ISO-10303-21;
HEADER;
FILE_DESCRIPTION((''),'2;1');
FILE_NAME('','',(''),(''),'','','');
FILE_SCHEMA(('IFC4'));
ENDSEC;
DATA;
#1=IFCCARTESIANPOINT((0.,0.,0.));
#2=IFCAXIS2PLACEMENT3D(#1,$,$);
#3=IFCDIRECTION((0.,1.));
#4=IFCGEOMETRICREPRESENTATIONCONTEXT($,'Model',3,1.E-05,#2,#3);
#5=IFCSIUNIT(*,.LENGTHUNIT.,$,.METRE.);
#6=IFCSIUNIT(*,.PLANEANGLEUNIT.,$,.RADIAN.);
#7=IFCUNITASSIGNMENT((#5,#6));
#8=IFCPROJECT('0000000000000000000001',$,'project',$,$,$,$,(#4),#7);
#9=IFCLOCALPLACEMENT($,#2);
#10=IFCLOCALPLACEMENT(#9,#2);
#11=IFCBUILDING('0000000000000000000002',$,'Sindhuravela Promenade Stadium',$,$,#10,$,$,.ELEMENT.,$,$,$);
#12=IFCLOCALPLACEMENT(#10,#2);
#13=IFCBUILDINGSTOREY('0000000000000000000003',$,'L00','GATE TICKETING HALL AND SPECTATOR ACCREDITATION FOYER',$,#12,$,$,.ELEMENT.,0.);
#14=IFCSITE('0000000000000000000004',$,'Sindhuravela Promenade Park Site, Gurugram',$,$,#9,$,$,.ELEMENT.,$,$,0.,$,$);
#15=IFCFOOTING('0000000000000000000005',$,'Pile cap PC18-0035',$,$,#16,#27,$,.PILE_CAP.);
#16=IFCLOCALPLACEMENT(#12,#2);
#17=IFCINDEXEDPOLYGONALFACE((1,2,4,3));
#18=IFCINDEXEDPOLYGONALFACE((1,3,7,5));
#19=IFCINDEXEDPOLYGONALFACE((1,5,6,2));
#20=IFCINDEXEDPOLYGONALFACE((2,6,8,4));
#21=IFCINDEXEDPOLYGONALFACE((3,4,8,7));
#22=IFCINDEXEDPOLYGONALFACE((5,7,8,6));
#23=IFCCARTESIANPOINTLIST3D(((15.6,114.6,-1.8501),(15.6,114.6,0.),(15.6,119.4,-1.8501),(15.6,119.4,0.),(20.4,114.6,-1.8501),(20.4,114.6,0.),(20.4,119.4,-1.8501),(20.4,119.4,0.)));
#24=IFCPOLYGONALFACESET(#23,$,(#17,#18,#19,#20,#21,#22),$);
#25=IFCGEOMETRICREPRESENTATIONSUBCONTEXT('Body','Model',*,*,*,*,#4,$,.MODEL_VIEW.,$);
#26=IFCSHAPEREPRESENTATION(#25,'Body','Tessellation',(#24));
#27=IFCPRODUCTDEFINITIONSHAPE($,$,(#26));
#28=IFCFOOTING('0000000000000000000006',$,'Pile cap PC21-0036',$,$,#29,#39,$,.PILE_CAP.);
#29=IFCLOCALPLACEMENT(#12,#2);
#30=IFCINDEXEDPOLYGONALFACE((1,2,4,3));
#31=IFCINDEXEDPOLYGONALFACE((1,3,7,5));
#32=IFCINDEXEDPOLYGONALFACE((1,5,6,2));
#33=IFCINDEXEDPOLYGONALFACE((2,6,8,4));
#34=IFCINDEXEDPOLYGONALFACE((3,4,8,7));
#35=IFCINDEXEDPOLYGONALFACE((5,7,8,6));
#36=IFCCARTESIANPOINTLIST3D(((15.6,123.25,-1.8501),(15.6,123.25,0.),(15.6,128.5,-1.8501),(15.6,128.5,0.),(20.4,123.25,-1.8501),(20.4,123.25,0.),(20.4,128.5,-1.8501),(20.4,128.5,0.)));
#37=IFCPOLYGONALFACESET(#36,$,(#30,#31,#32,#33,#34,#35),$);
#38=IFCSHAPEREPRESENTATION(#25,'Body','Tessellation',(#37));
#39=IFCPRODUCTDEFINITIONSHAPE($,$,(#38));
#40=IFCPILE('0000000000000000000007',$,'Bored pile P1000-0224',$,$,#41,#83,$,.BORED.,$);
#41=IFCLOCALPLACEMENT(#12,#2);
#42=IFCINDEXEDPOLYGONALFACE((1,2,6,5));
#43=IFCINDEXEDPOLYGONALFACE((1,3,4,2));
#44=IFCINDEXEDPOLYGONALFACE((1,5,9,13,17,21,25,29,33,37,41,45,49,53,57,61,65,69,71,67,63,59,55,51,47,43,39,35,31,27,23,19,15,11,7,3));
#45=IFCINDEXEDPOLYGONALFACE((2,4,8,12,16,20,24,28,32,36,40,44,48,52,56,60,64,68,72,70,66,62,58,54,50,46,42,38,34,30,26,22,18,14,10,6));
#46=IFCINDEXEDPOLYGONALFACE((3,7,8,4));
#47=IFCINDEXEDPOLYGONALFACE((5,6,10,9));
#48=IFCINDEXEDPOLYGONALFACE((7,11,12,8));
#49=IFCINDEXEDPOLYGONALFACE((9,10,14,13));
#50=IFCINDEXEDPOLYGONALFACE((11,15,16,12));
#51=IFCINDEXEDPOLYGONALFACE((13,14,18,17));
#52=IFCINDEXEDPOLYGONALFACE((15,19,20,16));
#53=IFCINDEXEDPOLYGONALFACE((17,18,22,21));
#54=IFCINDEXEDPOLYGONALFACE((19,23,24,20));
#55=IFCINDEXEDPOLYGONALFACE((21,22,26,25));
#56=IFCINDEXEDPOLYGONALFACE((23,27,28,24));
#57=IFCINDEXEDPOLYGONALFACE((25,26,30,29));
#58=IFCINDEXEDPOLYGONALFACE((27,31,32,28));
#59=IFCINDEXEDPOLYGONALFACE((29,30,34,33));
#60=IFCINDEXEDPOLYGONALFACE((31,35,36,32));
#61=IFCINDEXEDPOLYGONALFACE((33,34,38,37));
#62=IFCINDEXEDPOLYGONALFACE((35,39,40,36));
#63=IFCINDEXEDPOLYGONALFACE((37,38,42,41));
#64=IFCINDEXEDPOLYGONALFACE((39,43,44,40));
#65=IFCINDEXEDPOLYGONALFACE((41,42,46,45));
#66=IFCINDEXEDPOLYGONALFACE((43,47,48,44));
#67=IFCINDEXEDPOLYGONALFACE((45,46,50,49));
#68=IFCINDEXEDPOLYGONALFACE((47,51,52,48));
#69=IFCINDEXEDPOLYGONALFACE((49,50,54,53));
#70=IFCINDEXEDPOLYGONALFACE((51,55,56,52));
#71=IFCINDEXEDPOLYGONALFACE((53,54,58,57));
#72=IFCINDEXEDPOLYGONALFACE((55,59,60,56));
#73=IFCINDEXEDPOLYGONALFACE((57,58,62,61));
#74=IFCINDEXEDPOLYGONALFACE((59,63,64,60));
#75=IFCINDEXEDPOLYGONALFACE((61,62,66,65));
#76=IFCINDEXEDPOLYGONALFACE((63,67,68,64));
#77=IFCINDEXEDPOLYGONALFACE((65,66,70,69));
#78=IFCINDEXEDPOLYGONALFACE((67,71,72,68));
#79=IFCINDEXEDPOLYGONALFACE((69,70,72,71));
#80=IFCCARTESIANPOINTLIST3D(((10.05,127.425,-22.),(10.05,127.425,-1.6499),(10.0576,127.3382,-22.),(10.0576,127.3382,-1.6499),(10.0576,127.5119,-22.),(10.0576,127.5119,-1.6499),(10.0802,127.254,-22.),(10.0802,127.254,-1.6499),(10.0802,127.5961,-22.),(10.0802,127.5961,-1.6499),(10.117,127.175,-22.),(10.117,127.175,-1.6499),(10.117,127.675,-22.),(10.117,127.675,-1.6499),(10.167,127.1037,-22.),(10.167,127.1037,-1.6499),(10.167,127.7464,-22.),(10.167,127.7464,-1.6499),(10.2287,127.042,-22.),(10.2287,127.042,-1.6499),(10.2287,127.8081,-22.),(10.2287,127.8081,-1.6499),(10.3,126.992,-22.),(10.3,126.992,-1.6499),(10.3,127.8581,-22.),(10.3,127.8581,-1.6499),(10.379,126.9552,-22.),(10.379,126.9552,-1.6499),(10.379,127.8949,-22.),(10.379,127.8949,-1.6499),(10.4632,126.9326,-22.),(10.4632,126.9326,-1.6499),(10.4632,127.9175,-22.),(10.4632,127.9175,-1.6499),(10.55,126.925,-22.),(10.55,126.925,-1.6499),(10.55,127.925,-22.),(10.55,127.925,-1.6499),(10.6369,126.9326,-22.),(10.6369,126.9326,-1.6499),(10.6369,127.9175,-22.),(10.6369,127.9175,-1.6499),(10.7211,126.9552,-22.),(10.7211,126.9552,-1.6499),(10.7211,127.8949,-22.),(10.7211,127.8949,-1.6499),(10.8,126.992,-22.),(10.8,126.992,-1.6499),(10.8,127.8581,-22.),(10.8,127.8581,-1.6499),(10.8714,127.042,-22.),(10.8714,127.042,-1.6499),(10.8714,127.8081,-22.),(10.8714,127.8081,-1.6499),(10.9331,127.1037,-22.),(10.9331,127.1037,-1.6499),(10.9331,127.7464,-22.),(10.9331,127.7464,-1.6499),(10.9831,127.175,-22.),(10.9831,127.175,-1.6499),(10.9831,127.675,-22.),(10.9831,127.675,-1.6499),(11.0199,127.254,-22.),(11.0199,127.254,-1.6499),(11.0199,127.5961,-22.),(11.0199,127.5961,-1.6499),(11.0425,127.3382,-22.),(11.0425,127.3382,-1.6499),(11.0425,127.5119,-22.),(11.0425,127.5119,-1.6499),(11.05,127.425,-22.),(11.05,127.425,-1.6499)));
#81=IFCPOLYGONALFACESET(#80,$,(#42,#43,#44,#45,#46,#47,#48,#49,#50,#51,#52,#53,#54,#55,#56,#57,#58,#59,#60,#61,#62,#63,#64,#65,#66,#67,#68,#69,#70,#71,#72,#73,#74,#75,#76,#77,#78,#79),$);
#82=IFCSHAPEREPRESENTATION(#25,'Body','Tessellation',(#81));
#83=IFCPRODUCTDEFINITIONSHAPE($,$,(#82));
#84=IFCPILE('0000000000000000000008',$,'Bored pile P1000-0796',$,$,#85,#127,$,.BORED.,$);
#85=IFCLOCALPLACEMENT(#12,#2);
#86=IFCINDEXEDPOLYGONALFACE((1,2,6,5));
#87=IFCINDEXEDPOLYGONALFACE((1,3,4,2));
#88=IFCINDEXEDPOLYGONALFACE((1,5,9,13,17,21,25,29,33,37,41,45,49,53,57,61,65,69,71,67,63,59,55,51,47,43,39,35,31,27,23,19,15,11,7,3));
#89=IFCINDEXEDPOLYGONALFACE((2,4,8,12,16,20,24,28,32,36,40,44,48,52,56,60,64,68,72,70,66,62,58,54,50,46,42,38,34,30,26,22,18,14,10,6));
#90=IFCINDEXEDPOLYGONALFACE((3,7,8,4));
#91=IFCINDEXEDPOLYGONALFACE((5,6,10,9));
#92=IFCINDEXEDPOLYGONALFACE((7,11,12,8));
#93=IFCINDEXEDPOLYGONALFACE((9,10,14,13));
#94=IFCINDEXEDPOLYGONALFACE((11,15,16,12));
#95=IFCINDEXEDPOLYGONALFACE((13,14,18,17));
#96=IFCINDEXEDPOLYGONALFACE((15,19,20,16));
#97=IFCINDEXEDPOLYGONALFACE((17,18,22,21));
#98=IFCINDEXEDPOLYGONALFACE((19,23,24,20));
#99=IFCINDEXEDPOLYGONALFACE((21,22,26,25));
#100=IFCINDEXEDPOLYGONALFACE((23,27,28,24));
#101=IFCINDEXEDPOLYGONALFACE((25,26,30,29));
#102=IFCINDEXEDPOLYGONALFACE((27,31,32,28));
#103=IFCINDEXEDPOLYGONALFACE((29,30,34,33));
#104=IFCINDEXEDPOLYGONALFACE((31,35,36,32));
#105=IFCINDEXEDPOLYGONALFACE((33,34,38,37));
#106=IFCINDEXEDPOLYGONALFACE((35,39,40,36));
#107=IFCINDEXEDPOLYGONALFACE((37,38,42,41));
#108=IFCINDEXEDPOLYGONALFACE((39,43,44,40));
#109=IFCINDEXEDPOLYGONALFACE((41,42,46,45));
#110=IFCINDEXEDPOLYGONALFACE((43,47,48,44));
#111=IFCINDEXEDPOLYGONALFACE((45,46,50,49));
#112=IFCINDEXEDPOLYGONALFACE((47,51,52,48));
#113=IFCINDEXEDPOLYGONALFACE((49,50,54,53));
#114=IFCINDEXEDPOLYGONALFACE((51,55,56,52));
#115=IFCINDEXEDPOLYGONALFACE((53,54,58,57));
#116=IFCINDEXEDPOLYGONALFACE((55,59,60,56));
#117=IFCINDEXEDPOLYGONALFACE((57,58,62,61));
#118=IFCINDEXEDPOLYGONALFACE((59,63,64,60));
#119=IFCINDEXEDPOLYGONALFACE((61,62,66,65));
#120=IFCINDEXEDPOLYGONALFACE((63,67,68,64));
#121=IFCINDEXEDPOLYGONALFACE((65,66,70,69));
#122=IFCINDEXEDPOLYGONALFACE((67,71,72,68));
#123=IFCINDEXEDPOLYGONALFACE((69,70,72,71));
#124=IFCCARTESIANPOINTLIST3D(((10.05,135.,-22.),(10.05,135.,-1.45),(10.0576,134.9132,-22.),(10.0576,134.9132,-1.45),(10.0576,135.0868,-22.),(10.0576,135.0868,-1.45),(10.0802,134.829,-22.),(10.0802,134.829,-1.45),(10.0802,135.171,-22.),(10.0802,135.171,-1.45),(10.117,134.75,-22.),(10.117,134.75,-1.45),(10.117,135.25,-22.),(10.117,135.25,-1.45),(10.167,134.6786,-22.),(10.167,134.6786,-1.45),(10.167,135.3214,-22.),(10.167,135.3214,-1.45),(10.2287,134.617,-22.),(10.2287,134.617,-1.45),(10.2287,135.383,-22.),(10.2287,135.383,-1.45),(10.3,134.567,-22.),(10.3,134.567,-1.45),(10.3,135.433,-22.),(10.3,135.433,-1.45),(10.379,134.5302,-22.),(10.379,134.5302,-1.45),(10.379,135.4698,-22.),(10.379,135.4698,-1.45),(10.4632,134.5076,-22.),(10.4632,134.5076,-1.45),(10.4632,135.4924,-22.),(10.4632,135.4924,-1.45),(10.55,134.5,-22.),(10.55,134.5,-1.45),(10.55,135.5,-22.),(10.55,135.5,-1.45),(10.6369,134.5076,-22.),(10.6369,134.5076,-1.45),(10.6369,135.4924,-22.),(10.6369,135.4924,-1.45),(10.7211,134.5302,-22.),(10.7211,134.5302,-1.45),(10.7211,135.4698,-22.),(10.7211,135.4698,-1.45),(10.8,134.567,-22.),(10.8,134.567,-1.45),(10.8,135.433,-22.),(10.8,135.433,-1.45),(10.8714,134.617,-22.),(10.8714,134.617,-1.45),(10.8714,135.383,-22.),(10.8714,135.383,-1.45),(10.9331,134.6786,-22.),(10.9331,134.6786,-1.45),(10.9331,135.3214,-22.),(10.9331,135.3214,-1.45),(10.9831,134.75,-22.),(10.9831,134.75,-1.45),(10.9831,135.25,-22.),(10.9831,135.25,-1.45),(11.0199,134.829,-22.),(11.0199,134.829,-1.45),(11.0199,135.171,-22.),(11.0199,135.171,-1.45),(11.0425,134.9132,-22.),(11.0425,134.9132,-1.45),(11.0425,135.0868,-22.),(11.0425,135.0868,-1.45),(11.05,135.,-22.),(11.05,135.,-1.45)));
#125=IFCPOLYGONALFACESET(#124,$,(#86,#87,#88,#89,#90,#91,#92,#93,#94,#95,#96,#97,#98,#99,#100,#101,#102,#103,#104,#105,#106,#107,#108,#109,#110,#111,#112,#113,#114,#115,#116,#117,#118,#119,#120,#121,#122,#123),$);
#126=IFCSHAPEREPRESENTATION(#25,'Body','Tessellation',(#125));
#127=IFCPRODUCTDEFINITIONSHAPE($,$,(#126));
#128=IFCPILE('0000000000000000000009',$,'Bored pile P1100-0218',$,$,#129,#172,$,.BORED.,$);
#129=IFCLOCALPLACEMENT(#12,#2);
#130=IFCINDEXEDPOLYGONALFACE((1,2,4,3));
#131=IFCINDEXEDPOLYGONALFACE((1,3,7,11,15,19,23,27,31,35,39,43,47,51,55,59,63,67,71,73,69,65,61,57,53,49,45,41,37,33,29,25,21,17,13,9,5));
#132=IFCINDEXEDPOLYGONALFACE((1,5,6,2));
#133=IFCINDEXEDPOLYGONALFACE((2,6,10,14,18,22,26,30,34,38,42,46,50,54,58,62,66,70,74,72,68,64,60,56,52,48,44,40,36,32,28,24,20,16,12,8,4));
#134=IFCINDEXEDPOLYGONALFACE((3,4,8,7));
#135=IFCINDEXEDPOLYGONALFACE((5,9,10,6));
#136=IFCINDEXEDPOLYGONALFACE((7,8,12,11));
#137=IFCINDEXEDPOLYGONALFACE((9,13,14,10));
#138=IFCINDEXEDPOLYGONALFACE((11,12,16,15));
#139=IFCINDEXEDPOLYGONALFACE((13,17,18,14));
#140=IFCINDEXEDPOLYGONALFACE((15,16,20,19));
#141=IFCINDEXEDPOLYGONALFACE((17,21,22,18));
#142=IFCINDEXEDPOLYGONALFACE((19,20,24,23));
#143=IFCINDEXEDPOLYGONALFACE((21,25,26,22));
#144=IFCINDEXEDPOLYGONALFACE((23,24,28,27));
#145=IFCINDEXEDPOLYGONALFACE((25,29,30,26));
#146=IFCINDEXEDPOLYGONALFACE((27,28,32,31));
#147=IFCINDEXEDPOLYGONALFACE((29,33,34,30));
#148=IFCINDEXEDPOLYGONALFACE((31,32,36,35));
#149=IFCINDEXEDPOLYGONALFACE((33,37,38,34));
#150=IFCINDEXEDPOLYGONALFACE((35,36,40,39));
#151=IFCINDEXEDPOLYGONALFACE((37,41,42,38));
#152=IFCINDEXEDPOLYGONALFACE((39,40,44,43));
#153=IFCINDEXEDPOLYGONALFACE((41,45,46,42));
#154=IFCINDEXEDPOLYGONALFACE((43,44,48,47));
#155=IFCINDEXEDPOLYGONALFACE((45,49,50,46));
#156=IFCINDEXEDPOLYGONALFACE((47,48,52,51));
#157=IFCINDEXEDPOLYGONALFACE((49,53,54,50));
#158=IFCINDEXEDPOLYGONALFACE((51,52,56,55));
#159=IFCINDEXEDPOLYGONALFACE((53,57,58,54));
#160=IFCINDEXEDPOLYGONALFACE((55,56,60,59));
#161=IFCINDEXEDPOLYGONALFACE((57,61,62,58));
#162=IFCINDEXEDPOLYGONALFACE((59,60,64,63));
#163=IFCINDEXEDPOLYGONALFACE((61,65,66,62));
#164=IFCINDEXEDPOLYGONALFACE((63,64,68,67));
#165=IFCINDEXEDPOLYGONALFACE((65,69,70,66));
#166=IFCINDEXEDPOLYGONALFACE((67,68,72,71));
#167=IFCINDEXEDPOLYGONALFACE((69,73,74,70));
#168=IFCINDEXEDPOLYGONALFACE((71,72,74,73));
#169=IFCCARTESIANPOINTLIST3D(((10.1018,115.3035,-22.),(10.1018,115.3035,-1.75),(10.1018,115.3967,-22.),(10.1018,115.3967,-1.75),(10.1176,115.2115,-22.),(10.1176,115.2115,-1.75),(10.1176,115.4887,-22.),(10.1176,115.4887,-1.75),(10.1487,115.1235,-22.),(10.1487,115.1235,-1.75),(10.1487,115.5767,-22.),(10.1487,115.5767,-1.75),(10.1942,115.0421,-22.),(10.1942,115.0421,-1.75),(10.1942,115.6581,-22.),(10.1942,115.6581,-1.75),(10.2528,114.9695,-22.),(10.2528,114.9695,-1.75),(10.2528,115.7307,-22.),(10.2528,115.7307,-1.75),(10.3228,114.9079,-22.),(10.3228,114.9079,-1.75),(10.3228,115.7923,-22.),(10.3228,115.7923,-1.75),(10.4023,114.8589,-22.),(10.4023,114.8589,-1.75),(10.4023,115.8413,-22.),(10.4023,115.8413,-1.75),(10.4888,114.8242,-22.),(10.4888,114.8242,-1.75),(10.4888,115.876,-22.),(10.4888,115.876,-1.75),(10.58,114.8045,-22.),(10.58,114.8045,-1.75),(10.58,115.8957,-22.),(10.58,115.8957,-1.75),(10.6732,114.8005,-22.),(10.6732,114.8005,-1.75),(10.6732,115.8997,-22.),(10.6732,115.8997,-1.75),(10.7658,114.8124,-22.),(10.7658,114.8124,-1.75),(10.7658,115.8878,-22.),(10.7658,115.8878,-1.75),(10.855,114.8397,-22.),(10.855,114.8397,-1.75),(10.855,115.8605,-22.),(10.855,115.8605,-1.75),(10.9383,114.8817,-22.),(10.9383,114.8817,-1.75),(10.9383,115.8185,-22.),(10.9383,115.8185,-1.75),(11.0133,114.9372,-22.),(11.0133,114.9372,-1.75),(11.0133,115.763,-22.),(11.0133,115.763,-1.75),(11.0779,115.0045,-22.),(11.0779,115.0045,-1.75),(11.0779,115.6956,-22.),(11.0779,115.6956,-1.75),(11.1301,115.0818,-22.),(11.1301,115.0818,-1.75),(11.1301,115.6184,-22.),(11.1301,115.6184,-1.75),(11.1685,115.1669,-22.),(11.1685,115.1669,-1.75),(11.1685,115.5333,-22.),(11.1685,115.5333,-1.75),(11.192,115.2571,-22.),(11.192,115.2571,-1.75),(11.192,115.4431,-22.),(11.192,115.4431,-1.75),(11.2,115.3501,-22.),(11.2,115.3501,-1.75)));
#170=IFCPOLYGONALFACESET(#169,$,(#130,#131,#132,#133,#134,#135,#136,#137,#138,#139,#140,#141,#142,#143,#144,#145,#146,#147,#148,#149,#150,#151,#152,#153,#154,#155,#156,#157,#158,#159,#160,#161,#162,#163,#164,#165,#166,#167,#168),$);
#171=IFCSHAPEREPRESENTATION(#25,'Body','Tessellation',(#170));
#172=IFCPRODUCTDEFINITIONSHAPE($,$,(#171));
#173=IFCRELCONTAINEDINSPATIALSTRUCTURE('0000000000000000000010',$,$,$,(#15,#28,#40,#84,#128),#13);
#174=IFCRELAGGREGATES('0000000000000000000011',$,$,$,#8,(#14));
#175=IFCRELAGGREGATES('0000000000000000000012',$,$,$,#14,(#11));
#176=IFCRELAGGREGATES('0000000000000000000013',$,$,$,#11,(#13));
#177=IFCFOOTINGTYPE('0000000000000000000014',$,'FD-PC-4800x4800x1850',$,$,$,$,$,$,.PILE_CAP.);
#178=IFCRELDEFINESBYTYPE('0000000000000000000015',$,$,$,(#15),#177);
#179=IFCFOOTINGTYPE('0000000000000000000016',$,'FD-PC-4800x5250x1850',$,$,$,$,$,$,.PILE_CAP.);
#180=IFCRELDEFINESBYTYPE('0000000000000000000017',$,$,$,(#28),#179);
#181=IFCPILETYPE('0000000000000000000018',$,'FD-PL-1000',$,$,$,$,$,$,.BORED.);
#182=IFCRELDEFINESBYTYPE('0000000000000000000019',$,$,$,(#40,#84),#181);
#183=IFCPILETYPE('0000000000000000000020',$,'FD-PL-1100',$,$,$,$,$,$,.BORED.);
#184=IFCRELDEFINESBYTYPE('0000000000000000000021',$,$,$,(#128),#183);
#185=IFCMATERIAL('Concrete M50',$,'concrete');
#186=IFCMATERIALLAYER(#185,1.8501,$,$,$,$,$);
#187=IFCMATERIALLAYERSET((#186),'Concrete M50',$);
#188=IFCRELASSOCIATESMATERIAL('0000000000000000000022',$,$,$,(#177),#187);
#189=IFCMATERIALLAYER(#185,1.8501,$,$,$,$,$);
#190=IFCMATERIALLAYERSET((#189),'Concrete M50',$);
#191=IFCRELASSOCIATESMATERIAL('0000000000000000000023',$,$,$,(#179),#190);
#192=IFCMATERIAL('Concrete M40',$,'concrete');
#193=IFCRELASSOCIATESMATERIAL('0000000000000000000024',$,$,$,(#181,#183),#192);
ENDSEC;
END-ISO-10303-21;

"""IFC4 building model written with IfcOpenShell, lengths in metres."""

from ifc_helpers import new_model, si_unit, direction, frame, origin, origin_2d, place, context, subcontext, project, spatial, rectangle, circle, extrude, material, layer, layer_set, material_profile, profile_set, type_object, element, save


model = new_model("IFC4")

# Units and contexts
model_context = context("Model", 3, precision=1e-05, world=origin(), true_north=direction((0.0, 1.0)))
body_context = subcontext(model_context, "Body", "Model", "MODEL_VIEW")
ifc_project = project(units=[si_unit("LENGTHUNIT", "METRE"), si_unit("PLANEANGLEUNIT", "RADIAN")], contexts=[model_context])

# Site, building, storey
site_placement = place(None, origin())
site = spatial("IfcSite", under=ifc_project, at=site_placement, Name="Sindhuravela Promenade Park Site, Gurugram", CompositionType="ELEMENT", RefElevation=0.0)
building_placement = place(site_placement, origin())
building = spatial("IfcBuilding", under=site, at=building_placement, Name="Sindhuravela Promenade Stadium", CompositionType="ELEMENT")
storey_placement = place(building_placement, origin())
storey = spatial("IfcBuildingStorey", under=building, at=storey_placement, Name="L00", Description="GATE TICKETING HALL AND SPECTATOR ACCREDITATION FOYER", CompositionType="ELEMENT", Elevation=0.0)

# Footings
ifc_material_1 = material(Name="Concrete M50", Category="concrete")
ifc_layer_1 = layer(ifc_material_1, 1.8501)
ifc_layer_set_1 = layer_set([ifc_layer_1], Name="Concrete M50")
footing_type_1 = type_object("IfcFootingType", Name="FD-PC-4800x4800x1850", PredefinedType="PILE_CAP", material=ifc_layer_set_1)
footing_1_placement = place(storey_placement, frame((18.0, 117.0, -1.8501), z_axis=(0.0, 0.0, 1.0), x_axis=(1.0, 0.0, 0.0)))
element("IfcFooting", 1, at=footing_1_placement, inside=storey, type_object=footing_type_1, Name="Pile cap PC18-0035", PredefinedType="PILE_CAP", context=body_context, shape_type="SweptSolid", body=[
    extrude(rectangle(XDim=4.8, YDim=4.8, at=origin_2d()), origin(), (0.0, 0.0, 1.0), 1.8501),
])
ifc_layer_2 = layer(ifc_material_1, 1.8501)
ifc_layer_set_2 = layer_set([ifc_layer_2], Name="Concrete M50")
footing_type_2 = type_object("IfcFootingType", Name="FD-PC-4800x5250x1850", PredefinedType="PILE_CAP", material=ifc_layer_set_2)
footing_2_placement = place(storey_placement, frame((18.0, 125.875, -1.8501), z_axis=(0.0, 0.0, 1.0), x_axis=(1.0, 0.0, 0.0)))
element("IfcFooting", 2, at=footing_2_placement, inside=storey, type_object=footing_type_2, Name="Pile cap PC21-0036", PredefinedType="PILE_CAP", context=body_context, shape_type="SweptSolid", body=[
    extrude(rectangle(XDim=4.8, YDim=5.25, at=origin_2d()), origin(), (0.0, 0.0, 1.0), 1.8501),
])

# Piles
ifc_material_2 = material(Name="Concrete M40", Category="concrete")
ifc_material_profile_1 = material_profile(ifc_material_2, circle(Radius=0.5, at=origin_2d()), Name="BORED PILE D1000")
ifc_profile_set_1 = profile_set([ifc_material_profile_1], Name="Concrete M40")
pile_type_1 = type_object("IfcPileType", Name="FD-PL-1000", PredefinedType="BORED", material=ifc_profile_set_1)
pile_1_placement = place(storey_placement, frame((10.55, 127.425, -1.6499), z_axis=(0.0, 0.0, -1.0), x_axis=(1.0, 0.0, 0.0)))
element("IfcPile", 3, at=pile_1_placement, inside=storey, type_object=pile_type_1, Name="Bored pile P1000-0224", PredefinedType="BORED", context=body_context, shape_type="SweptSolid", body=[
    extrude(circle(Radius=0.5, at=origin_2d()), origin(), (0.0, 0.0, 1.0), 20.3501),
])
pile_2_placement = place(storey_placement, frame((10.55, 135.0, -1.45), z_axis=(0.0, 0.0, -1.0), x_axis=(1.0, 0.0, 0.0)))
element("IfcPile", 4, at=pile_2_placement, inside=storey, type_object=pile_type_1, Name="Bored pile P1000-0796", PredefinedType="BORED", context=body_context, shape_type="SweptSolid", body=[
    extrude(circle(Radius=0.5, at=origin_2d()), origin(), (0.0, 0.0, 1.0), 20.55),
])
ifc_material_profile_2 = material_profile(ifc_material_2, circle(Radius=0.55, at=origin_2d()), Name="BORED PILE D1100")
ifc_profile_set_2 = profile_set([ifc_material_profile_2], Name="Concrete M40")
pile_type_2 = type_object("IfcPileType", Name="FD-PL-1100", PredefinedType="BORED", material=ifc_profile_set_2)
for number, where, z_axis, x_axis, name in (
    (5, (10.6499, 115.3501, -1.75), (0.0, 0.0, -1.0), (1.0, 0.0, 0.0), "Bored pile P1100-0218"),
):
    element("IfcPile", number, at=place(storey_placement, frame(where, z_axis=z_axis, x_axis=x_axis)), inside=storey, type_object=pile_type_2, Name=name, PredefinedType="BORED", context=body_context, shape_type="SweptSolid", body=[
        extrude(circle(Radius=0.55, at=origin_2d()), origin(), (0.0, 0.0, 1.0), 20.25),
    ])

save(model, "model.ifc")
